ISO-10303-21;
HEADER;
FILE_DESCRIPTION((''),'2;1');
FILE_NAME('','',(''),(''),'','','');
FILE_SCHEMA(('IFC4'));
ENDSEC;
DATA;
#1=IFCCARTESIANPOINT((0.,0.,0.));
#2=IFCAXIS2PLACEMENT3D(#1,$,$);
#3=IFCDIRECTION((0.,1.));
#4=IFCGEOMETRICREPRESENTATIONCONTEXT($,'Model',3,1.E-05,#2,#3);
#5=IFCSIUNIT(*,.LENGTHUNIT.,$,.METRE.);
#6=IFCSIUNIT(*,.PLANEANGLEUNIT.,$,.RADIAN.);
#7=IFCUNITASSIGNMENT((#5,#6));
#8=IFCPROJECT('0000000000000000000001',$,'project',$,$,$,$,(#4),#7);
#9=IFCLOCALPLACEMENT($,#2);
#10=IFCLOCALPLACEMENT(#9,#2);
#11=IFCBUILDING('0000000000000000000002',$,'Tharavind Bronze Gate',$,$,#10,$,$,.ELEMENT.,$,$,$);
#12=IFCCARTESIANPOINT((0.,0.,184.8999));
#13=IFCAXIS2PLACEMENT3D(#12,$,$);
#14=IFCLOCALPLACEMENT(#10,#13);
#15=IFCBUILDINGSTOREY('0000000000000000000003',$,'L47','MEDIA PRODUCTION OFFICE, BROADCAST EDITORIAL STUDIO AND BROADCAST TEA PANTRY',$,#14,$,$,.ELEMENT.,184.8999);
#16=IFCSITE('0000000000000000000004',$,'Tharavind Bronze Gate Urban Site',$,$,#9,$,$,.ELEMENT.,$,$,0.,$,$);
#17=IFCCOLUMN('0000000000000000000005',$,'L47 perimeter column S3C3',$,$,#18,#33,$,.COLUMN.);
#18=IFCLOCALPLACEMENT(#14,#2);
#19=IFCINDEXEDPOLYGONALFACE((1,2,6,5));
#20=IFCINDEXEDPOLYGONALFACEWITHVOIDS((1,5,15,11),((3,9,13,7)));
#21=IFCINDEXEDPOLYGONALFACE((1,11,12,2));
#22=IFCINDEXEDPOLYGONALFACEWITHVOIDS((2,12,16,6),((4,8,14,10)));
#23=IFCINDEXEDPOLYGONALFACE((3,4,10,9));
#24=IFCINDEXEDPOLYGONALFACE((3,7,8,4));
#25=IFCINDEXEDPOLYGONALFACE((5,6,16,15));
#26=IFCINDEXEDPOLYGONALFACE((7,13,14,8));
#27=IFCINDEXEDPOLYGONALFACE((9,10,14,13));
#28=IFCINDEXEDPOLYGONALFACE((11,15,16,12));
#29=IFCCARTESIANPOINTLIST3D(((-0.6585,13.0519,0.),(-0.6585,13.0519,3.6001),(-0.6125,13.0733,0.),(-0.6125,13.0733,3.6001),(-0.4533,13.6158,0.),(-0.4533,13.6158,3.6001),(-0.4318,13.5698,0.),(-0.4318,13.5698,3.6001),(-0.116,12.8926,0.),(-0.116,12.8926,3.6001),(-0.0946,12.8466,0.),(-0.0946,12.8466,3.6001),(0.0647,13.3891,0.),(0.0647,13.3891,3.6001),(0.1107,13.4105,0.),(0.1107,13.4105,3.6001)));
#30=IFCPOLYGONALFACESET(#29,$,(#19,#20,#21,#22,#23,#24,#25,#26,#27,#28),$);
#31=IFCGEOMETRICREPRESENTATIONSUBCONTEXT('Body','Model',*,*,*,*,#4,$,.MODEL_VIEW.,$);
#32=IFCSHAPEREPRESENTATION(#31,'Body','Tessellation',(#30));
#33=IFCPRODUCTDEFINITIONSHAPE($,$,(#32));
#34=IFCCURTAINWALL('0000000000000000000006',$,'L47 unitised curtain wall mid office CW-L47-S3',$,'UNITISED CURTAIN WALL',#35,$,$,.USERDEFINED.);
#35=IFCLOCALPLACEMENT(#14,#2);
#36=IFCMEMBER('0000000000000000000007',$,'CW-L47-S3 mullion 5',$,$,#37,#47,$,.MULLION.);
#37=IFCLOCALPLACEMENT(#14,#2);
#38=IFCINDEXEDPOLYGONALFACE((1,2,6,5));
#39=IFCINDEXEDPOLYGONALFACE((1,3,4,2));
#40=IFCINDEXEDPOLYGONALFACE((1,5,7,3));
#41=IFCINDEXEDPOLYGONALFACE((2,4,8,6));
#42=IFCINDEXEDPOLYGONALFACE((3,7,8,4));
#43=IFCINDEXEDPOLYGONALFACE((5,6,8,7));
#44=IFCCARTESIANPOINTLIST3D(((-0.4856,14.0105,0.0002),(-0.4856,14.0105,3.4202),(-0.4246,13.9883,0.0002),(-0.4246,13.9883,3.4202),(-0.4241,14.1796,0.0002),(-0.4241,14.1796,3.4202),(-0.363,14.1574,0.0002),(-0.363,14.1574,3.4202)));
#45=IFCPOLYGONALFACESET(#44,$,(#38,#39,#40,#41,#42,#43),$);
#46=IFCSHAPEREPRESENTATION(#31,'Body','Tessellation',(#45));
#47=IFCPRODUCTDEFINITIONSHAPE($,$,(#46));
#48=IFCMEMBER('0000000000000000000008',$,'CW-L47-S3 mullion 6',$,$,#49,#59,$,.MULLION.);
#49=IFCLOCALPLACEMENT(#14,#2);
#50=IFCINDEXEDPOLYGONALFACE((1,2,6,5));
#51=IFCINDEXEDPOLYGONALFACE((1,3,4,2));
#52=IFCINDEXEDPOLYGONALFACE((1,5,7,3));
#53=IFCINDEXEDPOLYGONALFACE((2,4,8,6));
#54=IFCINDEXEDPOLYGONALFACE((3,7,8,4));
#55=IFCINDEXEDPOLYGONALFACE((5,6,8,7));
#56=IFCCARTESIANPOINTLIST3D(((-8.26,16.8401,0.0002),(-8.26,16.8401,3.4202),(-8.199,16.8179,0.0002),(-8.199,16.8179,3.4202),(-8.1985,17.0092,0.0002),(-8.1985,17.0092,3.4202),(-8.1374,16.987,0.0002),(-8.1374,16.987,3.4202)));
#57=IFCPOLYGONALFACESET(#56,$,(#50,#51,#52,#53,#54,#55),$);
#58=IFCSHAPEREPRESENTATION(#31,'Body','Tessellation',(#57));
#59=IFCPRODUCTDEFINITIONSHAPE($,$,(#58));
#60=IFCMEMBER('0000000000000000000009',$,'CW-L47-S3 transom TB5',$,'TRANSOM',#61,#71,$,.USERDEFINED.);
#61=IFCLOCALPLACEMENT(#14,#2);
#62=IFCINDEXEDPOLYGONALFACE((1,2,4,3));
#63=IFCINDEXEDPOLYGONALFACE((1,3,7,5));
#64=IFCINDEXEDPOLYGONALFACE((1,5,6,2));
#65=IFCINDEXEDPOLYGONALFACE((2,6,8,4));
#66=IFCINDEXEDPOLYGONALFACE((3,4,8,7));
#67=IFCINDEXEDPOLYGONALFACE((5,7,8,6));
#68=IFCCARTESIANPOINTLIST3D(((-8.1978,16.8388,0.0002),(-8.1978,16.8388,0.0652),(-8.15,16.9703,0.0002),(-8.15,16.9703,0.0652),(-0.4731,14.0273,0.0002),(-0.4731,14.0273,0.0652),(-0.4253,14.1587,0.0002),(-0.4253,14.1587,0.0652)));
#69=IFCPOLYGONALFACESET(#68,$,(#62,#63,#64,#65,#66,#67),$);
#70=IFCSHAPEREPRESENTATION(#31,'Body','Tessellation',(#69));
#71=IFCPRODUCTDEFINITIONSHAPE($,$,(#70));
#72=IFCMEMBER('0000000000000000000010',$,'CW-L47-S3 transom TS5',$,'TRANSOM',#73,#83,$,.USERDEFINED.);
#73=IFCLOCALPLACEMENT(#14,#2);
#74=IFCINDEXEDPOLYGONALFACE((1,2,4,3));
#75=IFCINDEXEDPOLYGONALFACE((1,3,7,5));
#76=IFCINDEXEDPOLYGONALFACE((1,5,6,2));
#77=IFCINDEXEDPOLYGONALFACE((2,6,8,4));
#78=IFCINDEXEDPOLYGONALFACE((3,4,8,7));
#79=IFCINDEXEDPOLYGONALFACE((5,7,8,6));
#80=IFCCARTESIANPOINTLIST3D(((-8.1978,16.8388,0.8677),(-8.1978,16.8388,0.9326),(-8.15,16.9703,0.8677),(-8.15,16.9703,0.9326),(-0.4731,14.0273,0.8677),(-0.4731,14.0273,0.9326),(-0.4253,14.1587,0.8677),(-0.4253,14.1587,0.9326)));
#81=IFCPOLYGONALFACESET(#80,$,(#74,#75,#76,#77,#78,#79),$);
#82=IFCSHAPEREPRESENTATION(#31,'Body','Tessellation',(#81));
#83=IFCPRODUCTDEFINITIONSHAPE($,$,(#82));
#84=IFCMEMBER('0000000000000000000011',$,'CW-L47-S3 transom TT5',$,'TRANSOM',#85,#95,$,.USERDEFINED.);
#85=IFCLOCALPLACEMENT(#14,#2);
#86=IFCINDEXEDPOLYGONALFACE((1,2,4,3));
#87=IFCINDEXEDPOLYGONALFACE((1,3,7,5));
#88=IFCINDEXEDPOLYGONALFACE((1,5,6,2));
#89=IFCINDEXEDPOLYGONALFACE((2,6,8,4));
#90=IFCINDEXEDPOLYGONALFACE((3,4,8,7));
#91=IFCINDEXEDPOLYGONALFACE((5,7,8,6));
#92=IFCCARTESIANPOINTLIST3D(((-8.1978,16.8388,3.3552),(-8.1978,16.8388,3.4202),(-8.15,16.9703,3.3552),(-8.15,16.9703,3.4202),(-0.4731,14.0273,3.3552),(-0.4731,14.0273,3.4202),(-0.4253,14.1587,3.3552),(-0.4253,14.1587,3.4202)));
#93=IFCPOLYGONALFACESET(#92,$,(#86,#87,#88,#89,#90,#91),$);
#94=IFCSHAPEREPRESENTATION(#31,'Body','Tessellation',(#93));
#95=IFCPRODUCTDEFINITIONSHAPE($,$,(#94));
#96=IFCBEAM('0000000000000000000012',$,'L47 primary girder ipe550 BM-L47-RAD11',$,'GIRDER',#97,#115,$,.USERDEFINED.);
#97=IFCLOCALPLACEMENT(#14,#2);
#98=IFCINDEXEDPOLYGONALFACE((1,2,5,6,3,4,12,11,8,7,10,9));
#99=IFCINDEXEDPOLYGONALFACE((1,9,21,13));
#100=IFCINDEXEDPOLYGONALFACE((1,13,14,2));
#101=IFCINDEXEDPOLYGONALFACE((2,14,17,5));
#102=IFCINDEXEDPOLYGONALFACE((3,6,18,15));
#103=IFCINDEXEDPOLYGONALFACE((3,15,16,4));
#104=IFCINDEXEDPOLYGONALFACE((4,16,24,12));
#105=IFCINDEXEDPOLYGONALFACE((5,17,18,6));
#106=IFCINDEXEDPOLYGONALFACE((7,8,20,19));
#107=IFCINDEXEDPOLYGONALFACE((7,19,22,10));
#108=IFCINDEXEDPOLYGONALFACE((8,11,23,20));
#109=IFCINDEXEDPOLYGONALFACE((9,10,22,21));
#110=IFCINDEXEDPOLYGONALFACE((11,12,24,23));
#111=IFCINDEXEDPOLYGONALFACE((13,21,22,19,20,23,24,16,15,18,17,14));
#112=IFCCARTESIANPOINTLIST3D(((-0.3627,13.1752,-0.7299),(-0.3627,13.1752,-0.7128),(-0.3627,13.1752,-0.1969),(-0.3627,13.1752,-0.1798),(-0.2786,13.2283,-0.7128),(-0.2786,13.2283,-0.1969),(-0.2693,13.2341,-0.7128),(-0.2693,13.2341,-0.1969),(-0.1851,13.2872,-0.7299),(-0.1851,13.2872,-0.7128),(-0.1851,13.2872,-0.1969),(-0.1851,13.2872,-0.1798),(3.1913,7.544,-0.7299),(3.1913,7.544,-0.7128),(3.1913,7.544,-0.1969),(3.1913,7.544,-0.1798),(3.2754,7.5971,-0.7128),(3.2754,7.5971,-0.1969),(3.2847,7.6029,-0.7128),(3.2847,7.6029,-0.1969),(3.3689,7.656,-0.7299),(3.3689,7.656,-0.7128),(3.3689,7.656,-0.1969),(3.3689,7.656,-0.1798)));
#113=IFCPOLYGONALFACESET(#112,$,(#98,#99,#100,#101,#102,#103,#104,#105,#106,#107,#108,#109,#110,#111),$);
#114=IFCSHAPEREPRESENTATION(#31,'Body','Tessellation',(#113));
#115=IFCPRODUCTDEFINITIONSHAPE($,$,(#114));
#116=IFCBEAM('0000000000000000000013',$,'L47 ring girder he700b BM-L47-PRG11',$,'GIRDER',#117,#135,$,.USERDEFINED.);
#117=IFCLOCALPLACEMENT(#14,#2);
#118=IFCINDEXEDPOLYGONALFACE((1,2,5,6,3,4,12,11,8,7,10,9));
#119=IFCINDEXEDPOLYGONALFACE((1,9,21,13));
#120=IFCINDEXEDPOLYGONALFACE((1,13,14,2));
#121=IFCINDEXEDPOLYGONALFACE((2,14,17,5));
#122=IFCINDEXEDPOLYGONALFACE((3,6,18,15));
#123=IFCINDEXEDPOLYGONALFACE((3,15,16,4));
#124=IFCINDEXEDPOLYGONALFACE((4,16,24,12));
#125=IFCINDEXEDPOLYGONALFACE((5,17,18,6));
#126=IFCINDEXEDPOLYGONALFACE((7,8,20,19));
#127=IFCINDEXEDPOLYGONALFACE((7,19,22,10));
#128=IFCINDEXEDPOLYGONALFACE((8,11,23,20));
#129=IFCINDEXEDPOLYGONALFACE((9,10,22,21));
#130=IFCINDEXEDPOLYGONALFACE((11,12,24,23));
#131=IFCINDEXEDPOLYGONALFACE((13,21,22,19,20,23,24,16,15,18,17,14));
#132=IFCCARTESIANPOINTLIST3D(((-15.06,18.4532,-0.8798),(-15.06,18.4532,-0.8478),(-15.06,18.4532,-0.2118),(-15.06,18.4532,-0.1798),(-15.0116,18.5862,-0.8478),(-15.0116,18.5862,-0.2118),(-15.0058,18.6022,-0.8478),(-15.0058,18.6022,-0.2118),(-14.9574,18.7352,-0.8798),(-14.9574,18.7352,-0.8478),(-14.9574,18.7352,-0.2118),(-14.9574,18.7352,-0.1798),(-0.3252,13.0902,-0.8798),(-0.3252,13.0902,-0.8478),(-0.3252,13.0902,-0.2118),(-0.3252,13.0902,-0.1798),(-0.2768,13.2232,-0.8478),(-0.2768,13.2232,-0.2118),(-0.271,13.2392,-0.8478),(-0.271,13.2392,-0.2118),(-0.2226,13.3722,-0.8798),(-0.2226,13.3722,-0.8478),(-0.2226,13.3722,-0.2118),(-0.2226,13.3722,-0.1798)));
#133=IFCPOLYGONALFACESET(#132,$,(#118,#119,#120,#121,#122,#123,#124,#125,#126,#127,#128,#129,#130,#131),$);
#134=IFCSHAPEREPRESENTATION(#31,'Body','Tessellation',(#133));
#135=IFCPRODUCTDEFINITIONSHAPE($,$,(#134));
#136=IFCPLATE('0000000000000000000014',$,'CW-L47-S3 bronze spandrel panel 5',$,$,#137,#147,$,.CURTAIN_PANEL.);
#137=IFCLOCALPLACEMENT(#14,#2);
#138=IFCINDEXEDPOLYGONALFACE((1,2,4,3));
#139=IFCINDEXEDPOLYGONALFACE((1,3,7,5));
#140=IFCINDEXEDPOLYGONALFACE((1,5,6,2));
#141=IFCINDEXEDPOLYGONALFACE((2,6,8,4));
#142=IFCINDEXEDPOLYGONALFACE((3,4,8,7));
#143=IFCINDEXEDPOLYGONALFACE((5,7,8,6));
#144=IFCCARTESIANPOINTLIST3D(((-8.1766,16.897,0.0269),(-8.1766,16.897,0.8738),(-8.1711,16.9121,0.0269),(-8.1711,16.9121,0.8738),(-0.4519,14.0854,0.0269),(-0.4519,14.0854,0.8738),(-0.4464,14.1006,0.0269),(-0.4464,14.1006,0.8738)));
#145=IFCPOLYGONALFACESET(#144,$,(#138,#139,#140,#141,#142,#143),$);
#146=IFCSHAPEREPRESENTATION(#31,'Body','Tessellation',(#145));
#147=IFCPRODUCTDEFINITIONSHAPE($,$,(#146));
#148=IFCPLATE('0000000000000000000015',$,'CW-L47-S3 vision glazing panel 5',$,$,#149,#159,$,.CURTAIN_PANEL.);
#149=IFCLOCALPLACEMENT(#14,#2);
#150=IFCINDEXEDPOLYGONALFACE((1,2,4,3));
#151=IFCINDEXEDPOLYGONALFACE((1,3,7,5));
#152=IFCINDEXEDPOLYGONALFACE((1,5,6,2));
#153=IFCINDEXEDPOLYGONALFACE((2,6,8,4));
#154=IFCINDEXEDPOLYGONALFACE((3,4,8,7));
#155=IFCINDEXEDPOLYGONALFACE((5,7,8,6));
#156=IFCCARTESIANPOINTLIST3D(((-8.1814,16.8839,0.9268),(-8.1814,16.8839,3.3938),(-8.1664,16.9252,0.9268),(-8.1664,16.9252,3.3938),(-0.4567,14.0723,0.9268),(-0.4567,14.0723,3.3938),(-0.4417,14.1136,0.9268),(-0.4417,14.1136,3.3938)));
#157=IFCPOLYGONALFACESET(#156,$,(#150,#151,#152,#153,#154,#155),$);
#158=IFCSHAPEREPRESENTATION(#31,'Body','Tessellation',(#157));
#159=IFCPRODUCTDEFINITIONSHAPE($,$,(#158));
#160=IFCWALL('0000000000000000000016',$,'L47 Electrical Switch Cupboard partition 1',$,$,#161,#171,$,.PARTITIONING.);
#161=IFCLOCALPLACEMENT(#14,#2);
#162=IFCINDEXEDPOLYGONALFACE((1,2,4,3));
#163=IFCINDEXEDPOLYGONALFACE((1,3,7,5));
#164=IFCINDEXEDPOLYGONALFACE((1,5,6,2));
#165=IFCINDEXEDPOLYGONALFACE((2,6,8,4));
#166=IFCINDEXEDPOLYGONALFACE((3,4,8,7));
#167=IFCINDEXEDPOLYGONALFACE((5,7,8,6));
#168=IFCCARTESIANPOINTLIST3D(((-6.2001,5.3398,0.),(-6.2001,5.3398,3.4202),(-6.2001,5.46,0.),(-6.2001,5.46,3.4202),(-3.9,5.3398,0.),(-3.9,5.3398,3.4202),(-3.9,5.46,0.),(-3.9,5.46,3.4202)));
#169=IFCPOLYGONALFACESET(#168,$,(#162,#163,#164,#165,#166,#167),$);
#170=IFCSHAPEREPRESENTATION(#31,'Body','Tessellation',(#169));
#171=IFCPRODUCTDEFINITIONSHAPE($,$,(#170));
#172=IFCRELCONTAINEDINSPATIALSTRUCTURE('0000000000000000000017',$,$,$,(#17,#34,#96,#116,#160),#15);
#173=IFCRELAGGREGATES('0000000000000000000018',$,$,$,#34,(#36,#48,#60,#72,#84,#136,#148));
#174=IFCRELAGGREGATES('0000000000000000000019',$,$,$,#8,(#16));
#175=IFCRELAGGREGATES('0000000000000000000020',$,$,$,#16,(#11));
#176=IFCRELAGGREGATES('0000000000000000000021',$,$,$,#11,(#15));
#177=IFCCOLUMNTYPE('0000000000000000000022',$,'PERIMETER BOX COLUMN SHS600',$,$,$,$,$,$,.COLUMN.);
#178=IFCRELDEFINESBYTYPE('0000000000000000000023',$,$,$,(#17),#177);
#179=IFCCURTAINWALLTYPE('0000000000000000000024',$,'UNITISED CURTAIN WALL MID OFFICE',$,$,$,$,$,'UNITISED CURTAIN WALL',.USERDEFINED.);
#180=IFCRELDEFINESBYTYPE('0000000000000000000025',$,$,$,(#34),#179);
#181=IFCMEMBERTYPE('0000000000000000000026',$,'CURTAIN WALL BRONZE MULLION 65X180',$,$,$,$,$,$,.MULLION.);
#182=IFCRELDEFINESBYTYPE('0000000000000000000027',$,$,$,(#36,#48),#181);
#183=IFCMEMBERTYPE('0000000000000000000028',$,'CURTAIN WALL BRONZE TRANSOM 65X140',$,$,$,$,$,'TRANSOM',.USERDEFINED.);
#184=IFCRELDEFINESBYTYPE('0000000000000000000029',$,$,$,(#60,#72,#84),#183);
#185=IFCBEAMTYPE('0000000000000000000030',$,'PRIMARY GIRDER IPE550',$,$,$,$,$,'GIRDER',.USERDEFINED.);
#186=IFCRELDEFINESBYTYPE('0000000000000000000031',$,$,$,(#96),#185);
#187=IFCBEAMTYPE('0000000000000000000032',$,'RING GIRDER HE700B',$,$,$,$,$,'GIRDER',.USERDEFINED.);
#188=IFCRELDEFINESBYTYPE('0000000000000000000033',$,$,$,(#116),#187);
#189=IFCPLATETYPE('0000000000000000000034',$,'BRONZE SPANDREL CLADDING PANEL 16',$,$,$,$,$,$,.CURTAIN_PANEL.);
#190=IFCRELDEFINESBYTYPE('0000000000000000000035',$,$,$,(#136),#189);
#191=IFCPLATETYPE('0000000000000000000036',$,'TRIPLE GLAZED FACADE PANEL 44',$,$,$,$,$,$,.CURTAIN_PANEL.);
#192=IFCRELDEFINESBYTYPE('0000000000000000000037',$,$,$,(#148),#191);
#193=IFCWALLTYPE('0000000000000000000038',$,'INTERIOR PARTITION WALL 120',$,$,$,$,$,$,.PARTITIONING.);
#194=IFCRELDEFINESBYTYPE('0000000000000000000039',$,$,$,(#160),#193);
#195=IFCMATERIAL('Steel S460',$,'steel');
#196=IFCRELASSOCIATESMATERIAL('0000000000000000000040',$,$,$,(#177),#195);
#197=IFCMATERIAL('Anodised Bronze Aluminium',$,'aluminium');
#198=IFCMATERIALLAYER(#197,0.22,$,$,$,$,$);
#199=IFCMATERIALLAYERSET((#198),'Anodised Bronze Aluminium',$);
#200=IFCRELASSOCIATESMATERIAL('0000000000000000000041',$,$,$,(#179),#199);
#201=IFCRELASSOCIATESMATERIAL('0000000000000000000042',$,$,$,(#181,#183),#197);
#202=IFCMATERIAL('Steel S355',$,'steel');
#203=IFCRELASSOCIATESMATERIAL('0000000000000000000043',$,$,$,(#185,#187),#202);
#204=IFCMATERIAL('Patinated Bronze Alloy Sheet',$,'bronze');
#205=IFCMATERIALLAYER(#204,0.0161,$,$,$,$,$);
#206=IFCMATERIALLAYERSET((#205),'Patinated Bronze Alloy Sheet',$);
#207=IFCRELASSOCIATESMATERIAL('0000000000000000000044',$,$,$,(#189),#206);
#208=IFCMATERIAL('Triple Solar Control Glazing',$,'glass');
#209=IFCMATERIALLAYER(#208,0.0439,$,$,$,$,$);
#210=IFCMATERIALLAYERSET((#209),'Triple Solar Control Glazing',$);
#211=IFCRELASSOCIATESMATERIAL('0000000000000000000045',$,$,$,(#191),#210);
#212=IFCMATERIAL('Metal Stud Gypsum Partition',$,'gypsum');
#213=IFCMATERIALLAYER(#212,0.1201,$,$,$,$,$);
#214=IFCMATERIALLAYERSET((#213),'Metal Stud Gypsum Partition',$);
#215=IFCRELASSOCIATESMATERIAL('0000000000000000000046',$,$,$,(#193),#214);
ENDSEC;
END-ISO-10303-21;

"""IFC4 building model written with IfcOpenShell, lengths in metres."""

from ifc_helpers import new_model, si_unit, direction, frame, frame_2d, origin, origin_2d, place, context, subcontext, project, spatial, rectangle, hollow_rectangle, i_section, extrude, material, layer, layer_set, material_profile, profile_set, type_object, element, aggregate, save


model = new_model("IFC4")

# Units and contexts
model_context = context("Model", 3, precision=1e-05, world=origin(), true_north=direction((0.0, 1.0)))
body_context = subcontext(model_context, "Body", "Model", "MODEL_VIEW")
ifc_project = project(units=[si_unit("LENGTHUNIT", "METRE"), si_unit("PLANEANGLEUNIT", "RADIAN")], contexts=[model_context])

# Site, building, storey
site_placement = place(None, origin())
site = spatial("IfcSite", under=ifc_project, at=site_placement, Name="Tharavind Bronze Gate Urban Site", CompositionType="ELEMENT", RefElevation=0.0)
building_placement = place(site_placement, origin())
building = spatial("IfcBuilding", under=site, at=building_placement, Name="Tharavind Bronze Gate", CompositionType="ELEMENT")
storey_placement = place(building_placement, frame((0.0, 0.0, 184.8999)))
storey = spatial("IfcBuildingStorey", under=building, at=storey_placement, Name="L47", Description="MEDIA PRODUCTION OFFICE, BROADCAST EDITORIAL STUDIO AND BROADCAST TEA PANTRY", CompositionType="ELEMENT", Elevation=184.8999)

# Column
ifc_material_1 = material(Name="Steel S460", Category="steel")
ifc_material_profile_1 = material_profile(ifc_material_1, hollow_rectangle(XDim=0.6001, YDim=0.6001, WallThickness=0.0359, at=origin_2d()), Name="SHS600X36")
ifc_profile_set_1 = profile_set([ifc_material_profile_1], Name="Steel S460")
column_type = type_object("IfcColumnType", Name="PERIMETER BOX COLUMN SHS600", PredefinedType="COLUMN", material=ifc_profile_set_1)
column_placement = place(storey_placement, frame((-0.2739, 13.2312, 0.0), z_axis=(0.0, 0.0, 1.0), x_axis=(-0.939692, 0.342022, 0.0)))
element("IfcColumn", 1, at=column_placement, inside=storey, type_object=column_type, Name="L47 perimeter column S3C3", PredefinedType="COLUMN", context=body_context, shape_type="SweptSolid", body=[
    extrude(hollow_rectangle(XDim=0.6001, YDim=0.6001, WallThickness=0.0359, at=origin_2d()), origin(), (0.0, 0.0, 1.0), 3.6001),
])

# Curtain wall, members
ifc_material_2 = material(Name="Anodised Bronze Aluminium", Category="aluminium")
ifc_layer_1 = layer(ifc_material_2, 0.22)
ifc_layer_set_1 = layer_set([ifc_layer_1], Name="Anodised Bronze Aluminium")
curtain_wall_type = type_object("IfcCurtainWallType", Name="UNITISED CURTAIN WALL MID OFFICE", ElementType="UNITISED CURTAIN WALL", PredefinedType="USERDEFINED", material=ifc_layer_set_1)
curtain_wall_placement = place(storey_placement, origin())
curtain_wall = element("IfcCurtainWall", 2, at=curtain_wall_placement, inside=storey, type_object=curtain_wall_type, Name="L47 unitised curtain wall mid office CW-L47-S3", ObjectType="UNITISED CURTAIN WALL", PredefinedType="USERDEFINED")
member_type_1 = type_object("IfcMemberType", Name="CURTAIN WALL BRONZE MULLION 65X180", PredefinedType="MULLION", material=ifc_material_2)
member_1_placement = place(storey_placement, frame((-0.4243, 14.084, 0.0002), z_axis=(0.0, 0.0, 1.0), x_axis=(-0.939692, 0.342022, 0.0)))
member_1 = element("IfcMember", 3, at=member_1_placement, type_object=member_type_1, Name="CW-L47-S3 mullion 5", PredefinedType="MULLION", context=body_context, shape_type="SweptSolid", body=[
    extrude(rectangle(XDim=0.0649, YDim=0.1799, at=origin_2d()), origin(), (0.0, 0.0, 1.0), 3.4199),
])
member_2_placement = place(storey_placement, frame((-8.1987, 16.9136, 0.0002), z_axis=(0.0, 0.0, 1.0), x_axis=(-0.939692, 0.342022, 0.0)))
member_2 = element("IfcMember", 4, at=member_2_placement, type_object=member_type_1, Name="CW-L47-S3 mullion 6", PredefinedType="MULLION", context=body_context, shape_type="SweptSolid", body=[
    extrude(rectangle(XDim=0.0649, YDim=0.1799, at=origin_2d()), origin(), (0.0, 0.0, 1.0), 3.4199),
])
member_type_2 = type_object("IfcMemberType", Name="CURTAIN WALL BRONZE TRANSOM 65X140", ElementType="TRANSOM", PredefinedType="USERDEFINED", material=ifc_material_2)
member_3_placement = place(storey_placement, frame((-4.3115, 15.4988, 0.0002), z_axis=(0.0, 0.0, 1.0), x_axis=(-0.939692, 0.342022, 0.0)))
member_3 = element("IfcMember", 5, at=member_3_placement, type_object=member_type_2, Name="CW-L47-S3 transom TB5", ObjectType="TRANSOM", PredefinedType="USERDEFINED", context=body_context, shape_type="SweptSolid", body=[
    extrude(rectangle(XDim=8.2205, YDim=0.1399, at=origin_2d()), origin(), (0.0, 0.0, 1.0), 0.0649),
])
member_4_placement = place(storey_placement, frame((-4.3115, 15.4988, 0.8677), z_axis=(0.0, 0.0, 1.0), x_axis=(-0.939692, 0.342022, 0.0)))
member_4 = element("IfcMember", 6, at=member_4_placement, type_object=member_type_2, Name="CW-L47-S3 transom TS5", ObjectType="TRANSOM", PredefinedType="USERDEFINED", context=body_context, shape_type="SweptSolid", body=[
    extrude(rectangle(XDim=8.2205, YDim=0.1399, at=origin_2d()), origin(), (0.0, 0.0, 1.0), 0.0649),
])
member_5_placement = place(storey_placement, frame((-4.3115, 15.4988, 3.3552), z_axis=(0.0, 0.0, 1.0), x_axis=(-0.939692, 0.342022, 0.0)))
member_5 = element("IfcMember", 7, at=member_5_placement, type_object=member_type_2, Name="CW-L47-S3 transom TT5", ObjectType="TRANSOM", PredefinedType="USERDEFINED", context=body_context, shape_type="SweptSolid", body=[
    extrude(rectangle(XDim=8.2205, YDim=0.1399, at=origin_2d()), origin(), (0.0, 0.0, 1.0), 0.0649),
])

# Beams
ifc_material_3 = material(Name="Steel S355", Category="steel")
ifc_material_profile_2 = material_profile(ifc_material_3, i_section(OverallWidth=0.21, OverallDepth=0.55, WebThickness=0.011, FlangeThickness=0.0171, at=origin_2d()), Name="IPE550")
ifc_profile_set_2 = profile_set([ifc_material_profile_2], Name="Steel S355")
beam_type_1 = type_object("IfcBeamType", Name="PRIMARY GIRDER IPE550", ElementType="GIRDER", PredefinedType="USERDEFINED", material=ifc_profile_set_2)
beam_1_placement = place(storey_placement, frame((-0.2739, 13.2312, -0.4548), z_axis=(0.533721, -0.84566, 0.0), x_axis=(0.84566, 0.533721, 0.0)))
element("IfcBeam", 8, at=beam_1_placement, inside=storey, type_object=beam_type_1, Name="L47 primary girder ipe550 BM-L47-RAD11", ObjectType="GIRDER", PredefinedType="USERDEFINED", context=body_context, shape_type="SweptSolid", body=[
    extrude(i_section(OverallWidth=0.21, OverallDepth=0.55, WebThickness=0.011, FlangeThickness=0.0171, at=origin_2d()), origin(), (0.0, 0.0, 1.0), 6.6589),
])
ifc_material_profile_3 = material_profile(ifc_material_3, i_section(OverallWidth=0.3, OverallDepth=0.7, WebThickness=0.0171, FlangeThickness=0.032, at=origin_2d()), Name="HE700B")
ifc_profile_set_3 = profile_set([ifc_material_profile_3], Name="Steel S355")
beam_type_2 = type_object("IfcBeamType", Name="RING GIRDER HE700B", ElementType="GIRDER", PredefinedType="USERDEFINED", material=ifc_profile_set_3)
beam_2_placement = place(storey_placement, frame((-0.2739, 13.2312, -0.5298), z_axis=(-0.939693, 0.342019, 0.0), x_axis=(-0.342019, -0.939693, 0.0)))
element("IfcBeam", 9, at=beam_2_placement, inside=storey, type_object=beam_type_2, Name="L47 ring girder he700b BM-L47-PRG11", ObjectType="GIRDER", PredefinedType="USERDEFINED", context=body_context, shape_type="SweptSolid", body=[
    extrude(i_section(OverallWidth=0.3, OverallDepth=0.7, WebThickness=0.0171, FlangeThickness=0.032, at=origin_2d()), origin(), (0.0, 0.0, 1.0), 15.6804),
])

# Plates
ifc_material_4 = material(Name="Patinated Bronze Alloy Sheet", Category="bronze")
ifc_layer_2 = layer(ifc_material_4, 0.0161)
ifc_layer_set_2 = layer_set([ifc_layer_2], Name="Patinated Bronze Alloy Sheet")
plate_type_1 = type_object("IfcPlateType", Name="BRONZE SPANDREL CLADDING PANEL 16", PredefinedType="CURTAIN_PANEL", material=ifc_layer_set_2)
plate_1_placement = place(storey_placement, frame((-4.3115, 15.4988, 0.0269), z_axis=(0.0, 0.0, 1.0), x_axis=(-0.939692, 0.342022, 0.0)))
plate_1 = element("IfcPlate", 10, at=plate_1_placement, type_object=plate_type_1, Name="CW-L47-S3 bronze spandrel panel 5", PredefinedType="CURTAIN_PANEL", context=body_context, shape_type="SweptSolid", body=[
    extrude(rectangle(XDim=8.2205, YDim=0.0161, at=origin_2d()), origin(), (0.0, 0.0, 1.0), 0.8469),
])
ifc_material_5 = material(Name="Triple Solar Control Glazing", Category="glass")
ifc_layer_3 = layer(ifc_material_5, 0.0439)
ifc_layer_set_3 = layer_set([ifc_layer_3], Name="Triple Solar Control Glazing")
plate_type_2 = type_object("IfcPlateType", Name="TRIPLE GLAZED FACADE PANEL 44", PredefinedType="CURTAIN_PANEL", material=ifc_layer_set_3)
plate_2_placement = place(storey_placement, frame((-4.3115, 15.4988, 0.9268), z_axis=(0.0, 0.0, 1.0), x_axis=(-0.939692, 0.342022, 0.0)))
plate_2 = element("IfcPlate", 11, at=plate_2_placement, type_object=plate_type_2, Name="CW-L47-S3 vision glazing panel 5", PredefinedType="CURTAIN_PANEL", context=body_context, shape_type="SweptSolid", body=[
    extrude(rectangle(XDim=8.2205, YDim=0.0439, at=origin_2d()), origin(), (0.0, 0.0, 1.0), 2.467),
])
aggregate(curtain_wall, [member_1, member_2, member_3, member_4, member_5, plate_1, plate_2])

# Wall
ifc_material_6 = material(Name="Metal Stud Gypsum Partition", Category="gypsum")
ifc_layer_4 = layer(ifc_material_6, 0.1201)
ifc_layer_set_4 = layer_set([ifc_layer_4], Name="Metal Stud Gypsum Partition")
wall_type_1 = type_object("IfcWallType", Name="INTERIOR PARTITION WALL 120", PredefinedType="PARTITIONING", material=ifc_layer_set_4)
wall_1_placement = place(storey_placement, frame((-6.2, 5.3999, 0.0), z_axis=(0.0, 0.0, 1.0), x_axis=(1.0, 0.0, 0.0)))
element("IfcWall", 12, at=wall_1_placement, inside=storey, type_object=wall_type_1, Name="L47 Electrical Switch Cupboard partition 1", PredefinedType="PARTITIONING", context=body_context, shape_type="SweptSolid", body=[
    extrude(rectangle(XDim=2.3, YDim=0.1201, at=frame_2d((1.1499, 0.0))), origin(), (0.0, 0.0, 1.0), 3.4202),
])

save(model, "model.ifc")
